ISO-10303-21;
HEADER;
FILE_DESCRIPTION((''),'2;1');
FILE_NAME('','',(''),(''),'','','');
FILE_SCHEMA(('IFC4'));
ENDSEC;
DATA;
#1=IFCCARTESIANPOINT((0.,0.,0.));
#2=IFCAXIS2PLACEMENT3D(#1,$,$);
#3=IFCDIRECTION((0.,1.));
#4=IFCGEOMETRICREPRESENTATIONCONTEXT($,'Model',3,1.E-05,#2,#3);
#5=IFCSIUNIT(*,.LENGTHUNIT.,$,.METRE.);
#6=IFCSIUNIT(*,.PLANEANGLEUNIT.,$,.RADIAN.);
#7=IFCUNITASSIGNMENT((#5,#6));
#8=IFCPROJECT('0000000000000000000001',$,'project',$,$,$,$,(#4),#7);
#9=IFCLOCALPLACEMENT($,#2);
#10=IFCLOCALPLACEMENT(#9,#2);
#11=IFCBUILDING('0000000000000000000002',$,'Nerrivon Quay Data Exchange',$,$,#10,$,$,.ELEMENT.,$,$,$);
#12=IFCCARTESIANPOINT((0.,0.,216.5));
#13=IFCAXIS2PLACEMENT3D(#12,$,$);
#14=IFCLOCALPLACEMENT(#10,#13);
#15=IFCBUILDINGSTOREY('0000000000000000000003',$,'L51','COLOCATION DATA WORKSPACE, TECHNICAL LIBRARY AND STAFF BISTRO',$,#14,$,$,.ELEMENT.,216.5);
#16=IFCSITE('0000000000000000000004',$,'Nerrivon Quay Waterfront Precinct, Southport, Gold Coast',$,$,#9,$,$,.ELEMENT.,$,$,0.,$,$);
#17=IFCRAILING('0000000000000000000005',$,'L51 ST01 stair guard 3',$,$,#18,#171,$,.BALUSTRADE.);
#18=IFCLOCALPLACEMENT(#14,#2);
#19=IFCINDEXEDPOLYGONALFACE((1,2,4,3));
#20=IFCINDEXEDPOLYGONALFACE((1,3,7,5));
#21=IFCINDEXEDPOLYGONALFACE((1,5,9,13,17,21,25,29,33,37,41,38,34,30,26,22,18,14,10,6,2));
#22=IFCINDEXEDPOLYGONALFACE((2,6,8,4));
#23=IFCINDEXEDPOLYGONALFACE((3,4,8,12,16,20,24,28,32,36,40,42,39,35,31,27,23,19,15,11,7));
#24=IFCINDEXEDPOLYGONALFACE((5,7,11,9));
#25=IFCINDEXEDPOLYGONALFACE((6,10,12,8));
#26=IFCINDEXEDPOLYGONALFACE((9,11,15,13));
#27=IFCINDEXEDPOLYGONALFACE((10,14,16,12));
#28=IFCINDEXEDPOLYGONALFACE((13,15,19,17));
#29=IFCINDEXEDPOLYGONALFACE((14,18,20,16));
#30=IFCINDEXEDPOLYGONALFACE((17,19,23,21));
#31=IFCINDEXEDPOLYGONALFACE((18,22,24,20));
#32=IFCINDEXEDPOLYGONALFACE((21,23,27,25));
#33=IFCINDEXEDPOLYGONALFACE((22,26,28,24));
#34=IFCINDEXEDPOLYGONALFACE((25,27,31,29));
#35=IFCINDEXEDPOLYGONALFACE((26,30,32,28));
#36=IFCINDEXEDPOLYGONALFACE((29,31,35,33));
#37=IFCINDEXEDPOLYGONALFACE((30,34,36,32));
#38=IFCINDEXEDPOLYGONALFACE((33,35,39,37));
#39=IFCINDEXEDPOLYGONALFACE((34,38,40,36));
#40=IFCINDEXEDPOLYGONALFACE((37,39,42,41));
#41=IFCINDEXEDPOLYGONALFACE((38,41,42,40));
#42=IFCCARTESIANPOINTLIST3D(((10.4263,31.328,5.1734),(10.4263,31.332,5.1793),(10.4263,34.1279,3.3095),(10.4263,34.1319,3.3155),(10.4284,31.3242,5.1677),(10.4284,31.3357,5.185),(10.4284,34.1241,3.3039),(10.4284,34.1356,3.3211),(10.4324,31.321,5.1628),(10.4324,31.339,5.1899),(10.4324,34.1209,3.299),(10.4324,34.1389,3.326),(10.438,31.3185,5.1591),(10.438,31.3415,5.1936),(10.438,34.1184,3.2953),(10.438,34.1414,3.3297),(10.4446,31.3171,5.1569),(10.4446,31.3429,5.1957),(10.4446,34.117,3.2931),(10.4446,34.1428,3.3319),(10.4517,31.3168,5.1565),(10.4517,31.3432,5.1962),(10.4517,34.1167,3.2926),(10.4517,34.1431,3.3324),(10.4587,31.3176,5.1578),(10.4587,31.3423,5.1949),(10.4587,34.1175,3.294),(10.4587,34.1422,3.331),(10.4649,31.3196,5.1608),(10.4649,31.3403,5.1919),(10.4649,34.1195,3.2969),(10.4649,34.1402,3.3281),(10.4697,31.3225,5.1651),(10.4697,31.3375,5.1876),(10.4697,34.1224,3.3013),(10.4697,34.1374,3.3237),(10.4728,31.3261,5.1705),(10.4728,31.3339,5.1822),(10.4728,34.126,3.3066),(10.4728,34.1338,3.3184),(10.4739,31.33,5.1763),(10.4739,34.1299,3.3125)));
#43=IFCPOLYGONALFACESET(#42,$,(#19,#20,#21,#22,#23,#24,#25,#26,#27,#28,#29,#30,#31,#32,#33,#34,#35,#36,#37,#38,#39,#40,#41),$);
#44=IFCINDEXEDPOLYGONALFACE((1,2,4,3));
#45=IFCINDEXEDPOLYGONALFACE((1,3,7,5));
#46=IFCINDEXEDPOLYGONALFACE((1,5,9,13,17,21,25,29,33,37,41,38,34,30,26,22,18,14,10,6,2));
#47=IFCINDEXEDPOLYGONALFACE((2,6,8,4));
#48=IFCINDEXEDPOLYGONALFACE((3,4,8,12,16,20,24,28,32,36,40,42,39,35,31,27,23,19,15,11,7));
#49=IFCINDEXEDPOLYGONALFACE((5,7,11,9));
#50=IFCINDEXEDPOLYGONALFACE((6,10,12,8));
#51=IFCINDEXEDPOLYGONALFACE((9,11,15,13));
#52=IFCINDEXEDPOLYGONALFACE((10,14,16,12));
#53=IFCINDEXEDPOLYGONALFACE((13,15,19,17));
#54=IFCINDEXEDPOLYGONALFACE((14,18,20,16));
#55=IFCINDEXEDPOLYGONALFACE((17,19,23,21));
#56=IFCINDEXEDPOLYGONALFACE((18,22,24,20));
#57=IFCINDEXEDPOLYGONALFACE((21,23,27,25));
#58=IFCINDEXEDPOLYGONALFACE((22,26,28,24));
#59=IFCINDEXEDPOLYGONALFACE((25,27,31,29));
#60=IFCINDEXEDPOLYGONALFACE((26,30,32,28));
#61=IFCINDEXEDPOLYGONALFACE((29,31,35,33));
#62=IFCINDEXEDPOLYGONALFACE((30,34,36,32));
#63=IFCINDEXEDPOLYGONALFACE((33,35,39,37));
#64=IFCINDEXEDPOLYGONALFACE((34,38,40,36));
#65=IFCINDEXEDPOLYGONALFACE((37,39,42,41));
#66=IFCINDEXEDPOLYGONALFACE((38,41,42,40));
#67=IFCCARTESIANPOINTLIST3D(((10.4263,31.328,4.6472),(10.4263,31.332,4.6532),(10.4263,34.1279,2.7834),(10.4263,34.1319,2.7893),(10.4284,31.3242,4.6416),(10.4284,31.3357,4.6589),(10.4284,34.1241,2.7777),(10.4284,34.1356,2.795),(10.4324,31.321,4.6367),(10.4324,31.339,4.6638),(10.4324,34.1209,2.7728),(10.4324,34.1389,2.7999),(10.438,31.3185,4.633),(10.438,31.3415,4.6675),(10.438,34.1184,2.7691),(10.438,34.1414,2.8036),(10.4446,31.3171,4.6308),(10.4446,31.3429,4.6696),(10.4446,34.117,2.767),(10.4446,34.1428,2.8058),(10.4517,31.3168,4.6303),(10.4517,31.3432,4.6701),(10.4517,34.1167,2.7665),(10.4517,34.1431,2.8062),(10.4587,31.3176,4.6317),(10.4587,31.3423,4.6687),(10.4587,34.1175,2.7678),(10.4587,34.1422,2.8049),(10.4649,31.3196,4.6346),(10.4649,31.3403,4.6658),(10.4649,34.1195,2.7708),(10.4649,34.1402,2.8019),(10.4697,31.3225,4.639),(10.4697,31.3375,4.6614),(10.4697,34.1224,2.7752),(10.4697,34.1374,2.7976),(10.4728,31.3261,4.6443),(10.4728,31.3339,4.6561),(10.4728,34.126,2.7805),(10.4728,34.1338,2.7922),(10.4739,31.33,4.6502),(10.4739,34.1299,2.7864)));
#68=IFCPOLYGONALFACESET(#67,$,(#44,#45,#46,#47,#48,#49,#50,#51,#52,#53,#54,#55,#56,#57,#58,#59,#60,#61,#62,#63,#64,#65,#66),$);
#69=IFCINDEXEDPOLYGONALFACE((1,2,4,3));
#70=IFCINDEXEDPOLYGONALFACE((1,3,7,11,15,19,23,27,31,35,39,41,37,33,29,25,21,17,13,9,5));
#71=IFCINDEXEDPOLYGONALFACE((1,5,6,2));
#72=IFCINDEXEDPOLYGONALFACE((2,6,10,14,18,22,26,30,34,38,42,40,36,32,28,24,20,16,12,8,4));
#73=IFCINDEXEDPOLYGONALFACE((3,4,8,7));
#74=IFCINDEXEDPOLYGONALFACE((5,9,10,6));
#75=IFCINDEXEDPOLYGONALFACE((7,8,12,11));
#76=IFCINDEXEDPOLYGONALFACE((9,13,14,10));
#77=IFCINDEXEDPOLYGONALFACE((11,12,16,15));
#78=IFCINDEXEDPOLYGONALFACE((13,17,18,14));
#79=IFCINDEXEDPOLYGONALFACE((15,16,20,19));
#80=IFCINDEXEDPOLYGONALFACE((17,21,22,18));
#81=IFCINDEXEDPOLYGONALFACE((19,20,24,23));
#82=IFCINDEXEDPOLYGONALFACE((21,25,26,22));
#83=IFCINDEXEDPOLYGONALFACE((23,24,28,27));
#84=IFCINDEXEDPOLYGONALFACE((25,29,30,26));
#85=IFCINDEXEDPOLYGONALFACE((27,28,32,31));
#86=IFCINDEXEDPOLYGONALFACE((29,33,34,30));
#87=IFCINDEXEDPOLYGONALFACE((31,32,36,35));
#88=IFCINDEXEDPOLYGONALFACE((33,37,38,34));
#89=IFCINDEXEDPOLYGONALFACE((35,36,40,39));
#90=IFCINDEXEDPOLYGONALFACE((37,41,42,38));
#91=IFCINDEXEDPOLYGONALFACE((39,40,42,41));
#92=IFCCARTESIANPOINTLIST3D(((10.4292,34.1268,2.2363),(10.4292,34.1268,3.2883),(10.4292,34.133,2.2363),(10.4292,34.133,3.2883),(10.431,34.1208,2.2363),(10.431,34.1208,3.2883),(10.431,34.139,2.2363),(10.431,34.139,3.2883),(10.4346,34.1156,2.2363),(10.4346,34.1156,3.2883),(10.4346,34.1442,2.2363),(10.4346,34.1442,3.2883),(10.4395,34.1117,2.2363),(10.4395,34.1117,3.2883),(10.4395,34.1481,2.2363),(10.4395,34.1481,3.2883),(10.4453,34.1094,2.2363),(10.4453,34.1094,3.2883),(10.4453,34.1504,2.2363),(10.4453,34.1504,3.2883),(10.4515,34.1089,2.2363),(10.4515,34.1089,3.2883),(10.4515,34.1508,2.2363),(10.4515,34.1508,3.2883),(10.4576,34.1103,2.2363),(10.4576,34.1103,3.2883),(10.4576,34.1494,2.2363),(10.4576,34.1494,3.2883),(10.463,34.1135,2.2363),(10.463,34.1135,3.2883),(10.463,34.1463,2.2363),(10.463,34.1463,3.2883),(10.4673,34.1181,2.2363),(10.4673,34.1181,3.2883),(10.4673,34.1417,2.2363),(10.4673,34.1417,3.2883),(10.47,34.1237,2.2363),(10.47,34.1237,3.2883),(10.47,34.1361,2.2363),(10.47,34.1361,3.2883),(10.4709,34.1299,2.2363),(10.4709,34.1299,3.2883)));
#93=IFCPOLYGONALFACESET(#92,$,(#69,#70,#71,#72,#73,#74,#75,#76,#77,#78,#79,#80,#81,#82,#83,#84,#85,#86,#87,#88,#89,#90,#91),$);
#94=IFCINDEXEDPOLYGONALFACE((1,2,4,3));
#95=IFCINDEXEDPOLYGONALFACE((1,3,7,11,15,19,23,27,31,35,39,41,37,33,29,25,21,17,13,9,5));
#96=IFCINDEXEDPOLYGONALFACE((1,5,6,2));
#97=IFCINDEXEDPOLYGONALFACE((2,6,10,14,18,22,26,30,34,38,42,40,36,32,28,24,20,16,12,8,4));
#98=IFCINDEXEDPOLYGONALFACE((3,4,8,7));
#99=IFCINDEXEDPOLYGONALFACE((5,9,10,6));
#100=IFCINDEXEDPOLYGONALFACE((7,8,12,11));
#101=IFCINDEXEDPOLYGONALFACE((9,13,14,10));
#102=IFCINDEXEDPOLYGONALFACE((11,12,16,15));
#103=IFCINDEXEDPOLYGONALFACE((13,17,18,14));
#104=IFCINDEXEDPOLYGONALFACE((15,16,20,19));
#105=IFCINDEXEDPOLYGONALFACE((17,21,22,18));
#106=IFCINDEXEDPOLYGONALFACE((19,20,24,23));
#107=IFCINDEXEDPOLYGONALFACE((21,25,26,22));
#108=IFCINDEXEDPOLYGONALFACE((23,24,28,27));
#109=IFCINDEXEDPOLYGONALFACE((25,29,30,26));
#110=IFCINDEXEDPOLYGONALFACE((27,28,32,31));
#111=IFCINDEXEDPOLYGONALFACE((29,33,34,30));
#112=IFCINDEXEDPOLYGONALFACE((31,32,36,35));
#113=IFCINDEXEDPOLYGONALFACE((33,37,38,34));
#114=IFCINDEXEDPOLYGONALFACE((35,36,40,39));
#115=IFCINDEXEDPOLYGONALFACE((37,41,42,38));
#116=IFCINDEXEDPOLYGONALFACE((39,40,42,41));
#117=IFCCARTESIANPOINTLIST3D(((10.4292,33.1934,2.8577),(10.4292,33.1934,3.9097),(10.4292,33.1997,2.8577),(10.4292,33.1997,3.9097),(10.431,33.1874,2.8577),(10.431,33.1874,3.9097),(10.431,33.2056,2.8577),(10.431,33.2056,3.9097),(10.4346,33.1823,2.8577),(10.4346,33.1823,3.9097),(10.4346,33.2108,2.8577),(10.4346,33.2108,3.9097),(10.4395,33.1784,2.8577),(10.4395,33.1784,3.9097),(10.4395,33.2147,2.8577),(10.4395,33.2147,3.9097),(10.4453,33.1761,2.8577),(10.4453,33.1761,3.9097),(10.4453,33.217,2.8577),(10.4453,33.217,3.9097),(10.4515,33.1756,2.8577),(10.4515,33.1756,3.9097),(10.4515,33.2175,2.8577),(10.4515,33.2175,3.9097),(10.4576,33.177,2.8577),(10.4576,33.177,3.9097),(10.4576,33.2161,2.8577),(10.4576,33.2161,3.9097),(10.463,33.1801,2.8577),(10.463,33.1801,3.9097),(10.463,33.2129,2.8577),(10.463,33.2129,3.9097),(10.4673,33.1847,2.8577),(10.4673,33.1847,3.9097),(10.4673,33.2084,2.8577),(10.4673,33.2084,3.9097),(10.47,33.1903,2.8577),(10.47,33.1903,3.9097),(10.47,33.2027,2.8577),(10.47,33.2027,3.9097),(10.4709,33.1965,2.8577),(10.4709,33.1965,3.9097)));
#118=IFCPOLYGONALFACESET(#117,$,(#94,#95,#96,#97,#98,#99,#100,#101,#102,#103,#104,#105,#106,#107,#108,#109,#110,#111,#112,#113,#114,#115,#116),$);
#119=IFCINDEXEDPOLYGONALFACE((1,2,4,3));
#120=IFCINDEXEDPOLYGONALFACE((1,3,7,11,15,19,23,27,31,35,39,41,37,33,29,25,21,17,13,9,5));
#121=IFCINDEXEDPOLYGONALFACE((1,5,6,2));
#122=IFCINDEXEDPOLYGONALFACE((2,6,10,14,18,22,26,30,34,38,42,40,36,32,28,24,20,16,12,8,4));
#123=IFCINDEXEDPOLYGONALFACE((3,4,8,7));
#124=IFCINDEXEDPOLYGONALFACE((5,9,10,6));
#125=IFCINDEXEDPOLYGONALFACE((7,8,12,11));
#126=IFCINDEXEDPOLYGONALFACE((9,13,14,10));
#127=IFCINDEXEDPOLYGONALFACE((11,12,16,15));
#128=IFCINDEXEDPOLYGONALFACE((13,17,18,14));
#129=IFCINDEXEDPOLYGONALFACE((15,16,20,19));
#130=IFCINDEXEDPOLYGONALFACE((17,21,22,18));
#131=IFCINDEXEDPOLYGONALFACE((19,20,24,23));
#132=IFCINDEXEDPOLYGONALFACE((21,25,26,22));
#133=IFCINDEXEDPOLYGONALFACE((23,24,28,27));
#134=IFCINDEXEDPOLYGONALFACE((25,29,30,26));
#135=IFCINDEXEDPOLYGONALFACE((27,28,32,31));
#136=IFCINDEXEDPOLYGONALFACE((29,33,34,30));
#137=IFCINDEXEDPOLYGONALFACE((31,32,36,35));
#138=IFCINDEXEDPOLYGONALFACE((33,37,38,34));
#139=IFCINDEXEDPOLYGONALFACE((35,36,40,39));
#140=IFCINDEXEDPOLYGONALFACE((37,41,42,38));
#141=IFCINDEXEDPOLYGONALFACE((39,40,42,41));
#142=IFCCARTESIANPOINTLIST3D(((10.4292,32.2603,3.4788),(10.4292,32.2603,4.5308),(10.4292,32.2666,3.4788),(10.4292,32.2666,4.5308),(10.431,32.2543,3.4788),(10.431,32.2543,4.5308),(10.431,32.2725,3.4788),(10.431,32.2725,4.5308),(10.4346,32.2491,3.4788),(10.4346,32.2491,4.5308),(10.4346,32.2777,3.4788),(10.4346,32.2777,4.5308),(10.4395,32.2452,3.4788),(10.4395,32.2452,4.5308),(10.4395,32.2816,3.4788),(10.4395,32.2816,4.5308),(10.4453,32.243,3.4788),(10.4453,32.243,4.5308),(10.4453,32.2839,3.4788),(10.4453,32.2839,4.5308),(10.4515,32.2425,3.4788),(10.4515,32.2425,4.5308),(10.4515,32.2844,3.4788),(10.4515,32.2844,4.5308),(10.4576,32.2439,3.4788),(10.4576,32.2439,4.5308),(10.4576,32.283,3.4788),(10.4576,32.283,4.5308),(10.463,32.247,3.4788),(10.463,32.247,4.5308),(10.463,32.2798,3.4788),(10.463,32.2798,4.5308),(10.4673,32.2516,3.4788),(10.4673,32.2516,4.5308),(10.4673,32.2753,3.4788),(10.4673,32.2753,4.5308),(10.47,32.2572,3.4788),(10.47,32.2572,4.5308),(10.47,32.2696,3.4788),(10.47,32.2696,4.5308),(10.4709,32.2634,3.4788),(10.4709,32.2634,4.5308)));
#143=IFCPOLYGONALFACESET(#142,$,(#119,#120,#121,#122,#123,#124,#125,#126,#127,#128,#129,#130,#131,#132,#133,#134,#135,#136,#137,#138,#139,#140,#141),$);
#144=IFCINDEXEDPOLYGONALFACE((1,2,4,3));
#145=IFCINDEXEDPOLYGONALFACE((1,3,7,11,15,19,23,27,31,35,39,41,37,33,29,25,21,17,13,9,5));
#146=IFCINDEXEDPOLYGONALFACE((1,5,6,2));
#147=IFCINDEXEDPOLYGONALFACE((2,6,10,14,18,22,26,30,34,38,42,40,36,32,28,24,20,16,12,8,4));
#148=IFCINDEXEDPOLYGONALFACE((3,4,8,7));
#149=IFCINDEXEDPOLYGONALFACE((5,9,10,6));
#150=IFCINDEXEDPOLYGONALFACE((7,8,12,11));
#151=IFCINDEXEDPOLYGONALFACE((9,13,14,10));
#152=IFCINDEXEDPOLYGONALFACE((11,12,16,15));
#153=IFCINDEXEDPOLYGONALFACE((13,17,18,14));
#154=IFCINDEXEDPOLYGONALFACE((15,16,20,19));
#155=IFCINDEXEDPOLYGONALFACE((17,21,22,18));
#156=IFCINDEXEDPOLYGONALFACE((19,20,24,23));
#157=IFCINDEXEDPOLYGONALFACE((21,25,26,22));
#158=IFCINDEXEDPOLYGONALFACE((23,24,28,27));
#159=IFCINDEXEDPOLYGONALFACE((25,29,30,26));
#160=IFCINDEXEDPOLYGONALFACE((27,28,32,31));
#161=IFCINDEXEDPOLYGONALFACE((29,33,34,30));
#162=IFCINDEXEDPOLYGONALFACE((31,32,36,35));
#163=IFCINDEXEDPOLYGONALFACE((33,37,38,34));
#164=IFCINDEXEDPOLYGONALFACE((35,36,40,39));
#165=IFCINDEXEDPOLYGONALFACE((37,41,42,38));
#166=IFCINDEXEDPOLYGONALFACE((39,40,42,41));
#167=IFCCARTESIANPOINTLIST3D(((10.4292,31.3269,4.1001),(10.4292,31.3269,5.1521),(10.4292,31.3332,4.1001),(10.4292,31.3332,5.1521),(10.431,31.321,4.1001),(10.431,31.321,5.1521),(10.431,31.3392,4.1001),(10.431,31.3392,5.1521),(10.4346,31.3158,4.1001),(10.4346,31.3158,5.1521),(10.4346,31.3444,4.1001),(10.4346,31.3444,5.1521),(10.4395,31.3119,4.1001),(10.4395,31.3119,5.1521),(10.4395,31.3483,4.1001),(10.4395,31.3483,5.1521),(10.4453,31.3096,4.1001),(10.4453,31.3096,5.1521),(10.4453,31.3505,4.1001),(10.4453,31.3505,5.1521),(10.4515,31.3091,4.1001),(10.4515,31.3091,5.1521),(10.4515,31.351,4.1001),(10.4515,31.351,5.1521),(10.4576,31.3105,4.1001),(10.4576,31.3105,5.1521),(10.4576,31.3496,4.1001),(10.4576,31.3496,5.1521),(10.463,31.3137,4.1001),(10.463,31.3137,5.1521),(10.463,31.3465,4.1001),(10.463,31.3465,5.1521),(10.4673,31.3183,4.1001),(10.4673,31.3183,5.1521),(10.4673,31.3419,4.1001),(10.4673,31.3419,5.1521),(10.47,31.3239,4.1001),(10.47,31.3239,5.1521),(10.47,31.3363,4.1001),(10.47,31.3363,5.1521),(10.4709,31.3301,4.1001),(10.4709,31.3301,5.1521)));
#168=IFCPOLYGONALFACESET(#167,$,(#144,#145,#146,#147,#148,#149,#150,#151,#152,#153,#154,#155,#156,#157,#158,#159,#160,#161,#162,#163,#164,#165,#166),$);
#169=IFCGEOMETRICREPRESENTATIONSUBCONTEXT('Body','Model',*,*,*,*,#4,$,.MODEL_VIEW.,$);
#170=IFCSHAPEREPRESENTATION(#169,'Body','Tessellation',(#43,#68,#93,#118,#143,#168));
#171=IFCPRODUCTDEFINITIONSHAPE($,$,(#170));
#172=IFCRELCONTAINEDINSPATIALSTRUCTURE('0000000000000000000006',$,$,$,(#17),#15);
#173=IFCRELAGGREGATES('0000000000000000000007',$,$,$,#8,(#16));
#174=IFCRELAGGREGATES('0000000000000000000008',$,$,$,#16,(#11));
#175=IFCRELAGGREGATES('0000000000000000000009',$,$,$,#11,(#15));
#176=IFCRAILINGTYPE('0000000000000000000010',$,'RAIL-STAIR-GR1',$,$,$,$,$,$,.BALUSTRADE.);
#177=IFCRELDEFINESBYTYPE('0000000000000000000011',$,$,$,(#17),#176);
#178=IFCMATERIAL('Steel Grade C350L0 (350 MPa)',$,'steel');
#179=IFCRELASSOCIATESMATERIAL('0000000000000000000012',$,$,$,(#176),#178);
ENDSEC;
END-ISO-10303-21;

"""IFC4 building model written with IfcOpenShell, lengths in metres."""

from ifc_helpers import new_model, si_unit, direction, frame, origin, origin_2d, place, context, subcontext, project, spatial, circle, extrude, material, type_object, element, save


model = new_model("IFC4")

# Units and contexts
model_context = context("Model", 3, precision=1e-05, world=origin(), true_north=direction((0.0, 1.0)))
body_context = subcontext(model_context, "Body", "Model", "MODEL_VIEW")
ifc_project = project(units=[si_unit("LENGTHUNIT", "METRE"), si_unit("PLANEANGLEUNIT", "RADIAN")], contexts=[model_context])

# Site, building, storey
site_placement = place(None, origin())
site = spatial("IfcSite", under=ifc_project, at=site_placement, Name="Nerrivon Quay Waterfront Precinct, Southport, Gold Coast", CompositionType="ELEMENT", RefElevation=0.0)
building_placement = place(site_placement, origin())
building = spatial("IfcBuilding", under=site, at=building_placement, Name="Nerrivon Quay Data Exchange", CompositionType="ELEMENT")
storey_placement = place(building_placement, frame((0.0, 0.0, 216.5)))
storey = spatial("IfcBuildingStorey", under=building, at=storey_placement, Name="L51", Description="COLOCATION DATA WORKSPACE, TECHNICAL LIBRARY AND STAFF BISTRO", CompositionType="ELEMENT", Elevation=216.5)

# Shared definitions
ifc_material_1 = material(Name="Steel Grade C350L0 (350 MPa)", Category="steel")

# Railing
railing_type_1 = type_object("IfcRailingType", Name="RAIL-STAIR-GR1", PredefinedType="BALUSTRADE", material=ifc_material_1)
railing_1_placement = place(storey_placement, frame((10.45, 34.1299, 2.2363)))
element("IfcRailing", 1, at=railing_1_placement, inside=storey, type_object=railing_type_1, Name="L51 ST01 stair guard 3", PredefinedType="BALUSTRADE", context=body_context, shape_type="SweptSolid", body=[
    extrude(circle(Radius=0.0239, at=origin_2d()), frame((0.0, 0.0, 1.0762), z_axis=(0.0, -0.83243, 0.554131), x_axis=(1.0, 0.0, 0.0)), (0.0, 0.0, 1.0), 3.3635),
    extrude(circle(Radius=0.0239, at=origin_2d()), frame((0.0, 0.0, 0.55), z_axis=(0.0, -0.83243, 0.554131), x_axis=(1.0, 0.0, 0.0)), (0.0, 0.0, 1.0), 3.3635),
    extrude(circle(Radius=0.021, at=origin_2d()), origin(), (0.0, 0.0, 1.0), 1.052),
    extrude(circle(Radius=0.021, at=origin_2d()), frame((0.0, -0.9333, 0.6213)), (0.0, 0.0, 1.0), 1.052),
    extrude(circle(Radius=0.021, at=origin_2d()), frame((0.0, -1.8665, 1.2424)), (0.0, 0.0, 1.0), 1.052),
    extrude(circle(Radius=0.021, at=origin_2d()), frame((0.0, -2.7998, 1.8638)), (0.0, 0.0, 1.0), 1.052),
])

save(model, "model.ifc")
